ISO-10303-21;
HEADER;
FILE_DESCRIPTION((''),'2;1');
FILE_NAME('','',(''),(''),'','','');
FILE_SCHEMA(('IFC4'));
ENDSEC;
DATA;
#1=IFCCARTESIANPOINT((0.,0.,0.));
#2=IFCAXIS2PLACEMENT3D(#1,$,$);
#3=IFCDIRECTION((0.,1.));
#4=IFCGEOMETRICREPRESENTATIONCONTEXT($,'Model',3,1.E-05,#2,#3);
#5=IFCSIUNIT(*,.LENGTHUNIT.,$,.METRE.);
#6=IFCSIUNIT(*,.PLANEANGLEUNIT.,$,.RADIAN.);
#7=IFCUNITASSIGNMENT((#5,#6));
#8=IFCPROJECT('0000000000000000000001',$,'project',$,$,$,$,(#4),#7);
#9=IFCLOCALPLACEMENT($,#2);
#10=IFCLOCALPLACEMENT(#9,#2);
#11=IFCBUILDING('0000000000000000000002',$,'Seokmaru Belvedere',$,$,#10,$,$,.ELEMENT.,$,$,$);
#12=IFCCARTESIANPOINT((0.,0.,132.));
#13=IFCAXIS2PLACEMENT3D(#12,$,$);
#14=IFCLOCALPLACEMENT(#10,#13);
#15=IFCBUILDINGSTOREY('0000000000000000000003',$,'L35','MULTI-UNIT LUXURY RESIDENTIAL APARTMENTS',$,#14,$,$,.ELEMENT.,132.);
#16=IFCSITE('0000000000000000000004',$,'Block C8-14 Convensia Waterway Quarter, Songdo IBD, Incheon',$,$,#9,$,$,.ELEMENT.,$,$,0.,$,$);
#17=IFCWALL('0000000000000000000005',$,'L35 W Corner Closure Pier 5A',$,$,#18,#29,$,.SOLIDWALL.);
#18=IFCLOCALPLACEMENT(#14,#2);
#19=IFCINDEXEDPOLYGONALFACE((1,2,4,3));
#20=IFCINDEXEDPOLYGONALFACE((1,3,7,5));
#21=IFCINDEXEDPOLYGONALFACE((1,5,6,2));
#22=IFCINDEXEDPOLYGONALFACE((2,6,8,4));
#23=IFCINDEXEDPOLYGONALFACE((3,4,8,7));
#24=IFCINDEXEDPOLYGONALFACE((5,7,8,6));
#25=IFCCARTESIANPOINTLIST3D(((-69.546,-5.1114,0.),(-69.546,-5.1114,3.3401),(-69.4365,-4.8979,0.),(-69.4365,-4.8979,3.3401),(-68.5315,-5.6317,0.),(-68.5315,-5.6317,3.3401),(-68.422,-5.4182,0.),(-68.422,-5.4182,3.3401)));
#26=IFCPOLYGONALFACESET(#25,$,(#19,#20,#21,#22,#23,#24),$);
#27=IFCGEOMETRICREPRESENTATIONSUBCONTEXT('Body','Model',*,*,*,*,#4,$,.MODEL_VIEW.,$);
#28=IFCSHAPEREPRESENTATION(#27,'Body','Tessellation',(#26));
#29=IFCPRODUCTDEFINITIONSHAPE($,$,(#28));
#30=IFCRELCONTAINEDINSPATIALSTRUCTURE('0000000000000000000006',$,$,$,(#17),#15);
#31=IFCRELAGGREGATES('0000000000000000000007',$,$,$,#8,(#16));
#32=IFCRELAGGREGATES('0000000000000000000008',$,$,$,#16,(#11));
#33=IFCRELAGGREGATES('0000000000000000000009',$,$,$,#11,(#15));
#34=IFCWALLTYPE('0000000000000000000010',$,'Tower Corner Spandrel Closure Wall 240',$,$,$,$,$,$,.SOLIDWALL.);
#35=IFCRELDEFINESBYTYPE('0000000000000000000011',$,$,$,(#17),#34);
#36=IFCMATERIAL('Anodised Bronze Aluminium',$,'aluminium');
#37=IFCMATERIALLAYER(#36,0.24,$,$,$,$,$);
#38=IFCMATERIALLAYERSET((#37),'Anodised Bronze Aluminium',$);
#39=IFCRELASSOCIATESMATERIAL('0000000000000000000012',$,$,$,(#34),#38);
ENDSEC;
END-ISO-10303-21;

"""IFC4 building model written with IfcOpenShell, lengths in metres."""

from ifc_helpers import new_model, si_unit, direction, frame, frame_2d, origin, place, context, subcontext, project, spatial, rectangle, extrude, material, layer, layer_set, type_object, element, save


model = new_model("IFC4")

# Units and contexts
model_context = context("Model", 3, precision=1e-05, world=origin(), true_north=direction((0.0, 1.0)))
body_context = subcontext(model_context, "Body", "Model", "MODEL_VIEW")
ifc_project = project(units=[si_unit("LENGTHUNIT", "METRE"), si_unit("PLANEANGLEUNIT", "RADIAN")], contexts=[model_context])

# Site, building, storey
site_placement = place(None, origin())
site = spatial("IfcSite", under=ifc_project, at=site_placement, Name="Block C8-14 Convensia Waterway Quarter, Songdo IBD, Incheon", CompositionType="ELEMENT", RefElevation=0.0)
building_placement = place(site_placement, origin())
building = spatial("IfcBuilding", under=site, at=building_placement, Name="Seokmaru Belvedere", CompositionType="ELEMENT")
storey_placement = place(building_placement, frame((0.0, 0.0, 132.0)))
storey = spatial("IfcBuildingStorey", under=building, at=storey_placement, Name="L35", Description="MULTI-UNIT LUXURY RESIDENTIAL APARTMENTS", CompositionType="ELEMENT", Elevation=132.0)

# Shared definitions
ifc_material_1 = material(Name="Anodised Bronze Aluminium", Category="aluminium")

# Wall
ifc_layer_1 = layer(ifc_material_1, 0.24)
ifc_layer_set_1 = layer_set([ifc_layer_1], Name="Anodised Bronze Aluminium")
wall_type_1 = type_object("IfcWallType", Name="Tower Corner Spandrel Closure Wall 240", PredefinedType="SOLIDWALL", material=ifc_layer_set_1)
wall_1_placement = place(storey_placement, frame((-69.4912, -5.0046, 0.0), z_axis=(0.0, 0.0, 1.0), x_axis=(0.889797, -0.456356, 0.0)))
element("IfcWall", 1, at=wall_1_placement, inside=storey, type_object=wall_type_1, Name="L35 W Corner Closure Pier 5A", PredefinedType="SOLIDWALL", context=body_context, shape_type="SweptSolid", body=[
    extrude(rectangle(XDim=1.1401, YDim=0.24, at=frame_2d((0.5701, 0.0))), origin(), (0.0, 0.0, 1.0), 3.3401),
])

save(model, "model.ifc")
